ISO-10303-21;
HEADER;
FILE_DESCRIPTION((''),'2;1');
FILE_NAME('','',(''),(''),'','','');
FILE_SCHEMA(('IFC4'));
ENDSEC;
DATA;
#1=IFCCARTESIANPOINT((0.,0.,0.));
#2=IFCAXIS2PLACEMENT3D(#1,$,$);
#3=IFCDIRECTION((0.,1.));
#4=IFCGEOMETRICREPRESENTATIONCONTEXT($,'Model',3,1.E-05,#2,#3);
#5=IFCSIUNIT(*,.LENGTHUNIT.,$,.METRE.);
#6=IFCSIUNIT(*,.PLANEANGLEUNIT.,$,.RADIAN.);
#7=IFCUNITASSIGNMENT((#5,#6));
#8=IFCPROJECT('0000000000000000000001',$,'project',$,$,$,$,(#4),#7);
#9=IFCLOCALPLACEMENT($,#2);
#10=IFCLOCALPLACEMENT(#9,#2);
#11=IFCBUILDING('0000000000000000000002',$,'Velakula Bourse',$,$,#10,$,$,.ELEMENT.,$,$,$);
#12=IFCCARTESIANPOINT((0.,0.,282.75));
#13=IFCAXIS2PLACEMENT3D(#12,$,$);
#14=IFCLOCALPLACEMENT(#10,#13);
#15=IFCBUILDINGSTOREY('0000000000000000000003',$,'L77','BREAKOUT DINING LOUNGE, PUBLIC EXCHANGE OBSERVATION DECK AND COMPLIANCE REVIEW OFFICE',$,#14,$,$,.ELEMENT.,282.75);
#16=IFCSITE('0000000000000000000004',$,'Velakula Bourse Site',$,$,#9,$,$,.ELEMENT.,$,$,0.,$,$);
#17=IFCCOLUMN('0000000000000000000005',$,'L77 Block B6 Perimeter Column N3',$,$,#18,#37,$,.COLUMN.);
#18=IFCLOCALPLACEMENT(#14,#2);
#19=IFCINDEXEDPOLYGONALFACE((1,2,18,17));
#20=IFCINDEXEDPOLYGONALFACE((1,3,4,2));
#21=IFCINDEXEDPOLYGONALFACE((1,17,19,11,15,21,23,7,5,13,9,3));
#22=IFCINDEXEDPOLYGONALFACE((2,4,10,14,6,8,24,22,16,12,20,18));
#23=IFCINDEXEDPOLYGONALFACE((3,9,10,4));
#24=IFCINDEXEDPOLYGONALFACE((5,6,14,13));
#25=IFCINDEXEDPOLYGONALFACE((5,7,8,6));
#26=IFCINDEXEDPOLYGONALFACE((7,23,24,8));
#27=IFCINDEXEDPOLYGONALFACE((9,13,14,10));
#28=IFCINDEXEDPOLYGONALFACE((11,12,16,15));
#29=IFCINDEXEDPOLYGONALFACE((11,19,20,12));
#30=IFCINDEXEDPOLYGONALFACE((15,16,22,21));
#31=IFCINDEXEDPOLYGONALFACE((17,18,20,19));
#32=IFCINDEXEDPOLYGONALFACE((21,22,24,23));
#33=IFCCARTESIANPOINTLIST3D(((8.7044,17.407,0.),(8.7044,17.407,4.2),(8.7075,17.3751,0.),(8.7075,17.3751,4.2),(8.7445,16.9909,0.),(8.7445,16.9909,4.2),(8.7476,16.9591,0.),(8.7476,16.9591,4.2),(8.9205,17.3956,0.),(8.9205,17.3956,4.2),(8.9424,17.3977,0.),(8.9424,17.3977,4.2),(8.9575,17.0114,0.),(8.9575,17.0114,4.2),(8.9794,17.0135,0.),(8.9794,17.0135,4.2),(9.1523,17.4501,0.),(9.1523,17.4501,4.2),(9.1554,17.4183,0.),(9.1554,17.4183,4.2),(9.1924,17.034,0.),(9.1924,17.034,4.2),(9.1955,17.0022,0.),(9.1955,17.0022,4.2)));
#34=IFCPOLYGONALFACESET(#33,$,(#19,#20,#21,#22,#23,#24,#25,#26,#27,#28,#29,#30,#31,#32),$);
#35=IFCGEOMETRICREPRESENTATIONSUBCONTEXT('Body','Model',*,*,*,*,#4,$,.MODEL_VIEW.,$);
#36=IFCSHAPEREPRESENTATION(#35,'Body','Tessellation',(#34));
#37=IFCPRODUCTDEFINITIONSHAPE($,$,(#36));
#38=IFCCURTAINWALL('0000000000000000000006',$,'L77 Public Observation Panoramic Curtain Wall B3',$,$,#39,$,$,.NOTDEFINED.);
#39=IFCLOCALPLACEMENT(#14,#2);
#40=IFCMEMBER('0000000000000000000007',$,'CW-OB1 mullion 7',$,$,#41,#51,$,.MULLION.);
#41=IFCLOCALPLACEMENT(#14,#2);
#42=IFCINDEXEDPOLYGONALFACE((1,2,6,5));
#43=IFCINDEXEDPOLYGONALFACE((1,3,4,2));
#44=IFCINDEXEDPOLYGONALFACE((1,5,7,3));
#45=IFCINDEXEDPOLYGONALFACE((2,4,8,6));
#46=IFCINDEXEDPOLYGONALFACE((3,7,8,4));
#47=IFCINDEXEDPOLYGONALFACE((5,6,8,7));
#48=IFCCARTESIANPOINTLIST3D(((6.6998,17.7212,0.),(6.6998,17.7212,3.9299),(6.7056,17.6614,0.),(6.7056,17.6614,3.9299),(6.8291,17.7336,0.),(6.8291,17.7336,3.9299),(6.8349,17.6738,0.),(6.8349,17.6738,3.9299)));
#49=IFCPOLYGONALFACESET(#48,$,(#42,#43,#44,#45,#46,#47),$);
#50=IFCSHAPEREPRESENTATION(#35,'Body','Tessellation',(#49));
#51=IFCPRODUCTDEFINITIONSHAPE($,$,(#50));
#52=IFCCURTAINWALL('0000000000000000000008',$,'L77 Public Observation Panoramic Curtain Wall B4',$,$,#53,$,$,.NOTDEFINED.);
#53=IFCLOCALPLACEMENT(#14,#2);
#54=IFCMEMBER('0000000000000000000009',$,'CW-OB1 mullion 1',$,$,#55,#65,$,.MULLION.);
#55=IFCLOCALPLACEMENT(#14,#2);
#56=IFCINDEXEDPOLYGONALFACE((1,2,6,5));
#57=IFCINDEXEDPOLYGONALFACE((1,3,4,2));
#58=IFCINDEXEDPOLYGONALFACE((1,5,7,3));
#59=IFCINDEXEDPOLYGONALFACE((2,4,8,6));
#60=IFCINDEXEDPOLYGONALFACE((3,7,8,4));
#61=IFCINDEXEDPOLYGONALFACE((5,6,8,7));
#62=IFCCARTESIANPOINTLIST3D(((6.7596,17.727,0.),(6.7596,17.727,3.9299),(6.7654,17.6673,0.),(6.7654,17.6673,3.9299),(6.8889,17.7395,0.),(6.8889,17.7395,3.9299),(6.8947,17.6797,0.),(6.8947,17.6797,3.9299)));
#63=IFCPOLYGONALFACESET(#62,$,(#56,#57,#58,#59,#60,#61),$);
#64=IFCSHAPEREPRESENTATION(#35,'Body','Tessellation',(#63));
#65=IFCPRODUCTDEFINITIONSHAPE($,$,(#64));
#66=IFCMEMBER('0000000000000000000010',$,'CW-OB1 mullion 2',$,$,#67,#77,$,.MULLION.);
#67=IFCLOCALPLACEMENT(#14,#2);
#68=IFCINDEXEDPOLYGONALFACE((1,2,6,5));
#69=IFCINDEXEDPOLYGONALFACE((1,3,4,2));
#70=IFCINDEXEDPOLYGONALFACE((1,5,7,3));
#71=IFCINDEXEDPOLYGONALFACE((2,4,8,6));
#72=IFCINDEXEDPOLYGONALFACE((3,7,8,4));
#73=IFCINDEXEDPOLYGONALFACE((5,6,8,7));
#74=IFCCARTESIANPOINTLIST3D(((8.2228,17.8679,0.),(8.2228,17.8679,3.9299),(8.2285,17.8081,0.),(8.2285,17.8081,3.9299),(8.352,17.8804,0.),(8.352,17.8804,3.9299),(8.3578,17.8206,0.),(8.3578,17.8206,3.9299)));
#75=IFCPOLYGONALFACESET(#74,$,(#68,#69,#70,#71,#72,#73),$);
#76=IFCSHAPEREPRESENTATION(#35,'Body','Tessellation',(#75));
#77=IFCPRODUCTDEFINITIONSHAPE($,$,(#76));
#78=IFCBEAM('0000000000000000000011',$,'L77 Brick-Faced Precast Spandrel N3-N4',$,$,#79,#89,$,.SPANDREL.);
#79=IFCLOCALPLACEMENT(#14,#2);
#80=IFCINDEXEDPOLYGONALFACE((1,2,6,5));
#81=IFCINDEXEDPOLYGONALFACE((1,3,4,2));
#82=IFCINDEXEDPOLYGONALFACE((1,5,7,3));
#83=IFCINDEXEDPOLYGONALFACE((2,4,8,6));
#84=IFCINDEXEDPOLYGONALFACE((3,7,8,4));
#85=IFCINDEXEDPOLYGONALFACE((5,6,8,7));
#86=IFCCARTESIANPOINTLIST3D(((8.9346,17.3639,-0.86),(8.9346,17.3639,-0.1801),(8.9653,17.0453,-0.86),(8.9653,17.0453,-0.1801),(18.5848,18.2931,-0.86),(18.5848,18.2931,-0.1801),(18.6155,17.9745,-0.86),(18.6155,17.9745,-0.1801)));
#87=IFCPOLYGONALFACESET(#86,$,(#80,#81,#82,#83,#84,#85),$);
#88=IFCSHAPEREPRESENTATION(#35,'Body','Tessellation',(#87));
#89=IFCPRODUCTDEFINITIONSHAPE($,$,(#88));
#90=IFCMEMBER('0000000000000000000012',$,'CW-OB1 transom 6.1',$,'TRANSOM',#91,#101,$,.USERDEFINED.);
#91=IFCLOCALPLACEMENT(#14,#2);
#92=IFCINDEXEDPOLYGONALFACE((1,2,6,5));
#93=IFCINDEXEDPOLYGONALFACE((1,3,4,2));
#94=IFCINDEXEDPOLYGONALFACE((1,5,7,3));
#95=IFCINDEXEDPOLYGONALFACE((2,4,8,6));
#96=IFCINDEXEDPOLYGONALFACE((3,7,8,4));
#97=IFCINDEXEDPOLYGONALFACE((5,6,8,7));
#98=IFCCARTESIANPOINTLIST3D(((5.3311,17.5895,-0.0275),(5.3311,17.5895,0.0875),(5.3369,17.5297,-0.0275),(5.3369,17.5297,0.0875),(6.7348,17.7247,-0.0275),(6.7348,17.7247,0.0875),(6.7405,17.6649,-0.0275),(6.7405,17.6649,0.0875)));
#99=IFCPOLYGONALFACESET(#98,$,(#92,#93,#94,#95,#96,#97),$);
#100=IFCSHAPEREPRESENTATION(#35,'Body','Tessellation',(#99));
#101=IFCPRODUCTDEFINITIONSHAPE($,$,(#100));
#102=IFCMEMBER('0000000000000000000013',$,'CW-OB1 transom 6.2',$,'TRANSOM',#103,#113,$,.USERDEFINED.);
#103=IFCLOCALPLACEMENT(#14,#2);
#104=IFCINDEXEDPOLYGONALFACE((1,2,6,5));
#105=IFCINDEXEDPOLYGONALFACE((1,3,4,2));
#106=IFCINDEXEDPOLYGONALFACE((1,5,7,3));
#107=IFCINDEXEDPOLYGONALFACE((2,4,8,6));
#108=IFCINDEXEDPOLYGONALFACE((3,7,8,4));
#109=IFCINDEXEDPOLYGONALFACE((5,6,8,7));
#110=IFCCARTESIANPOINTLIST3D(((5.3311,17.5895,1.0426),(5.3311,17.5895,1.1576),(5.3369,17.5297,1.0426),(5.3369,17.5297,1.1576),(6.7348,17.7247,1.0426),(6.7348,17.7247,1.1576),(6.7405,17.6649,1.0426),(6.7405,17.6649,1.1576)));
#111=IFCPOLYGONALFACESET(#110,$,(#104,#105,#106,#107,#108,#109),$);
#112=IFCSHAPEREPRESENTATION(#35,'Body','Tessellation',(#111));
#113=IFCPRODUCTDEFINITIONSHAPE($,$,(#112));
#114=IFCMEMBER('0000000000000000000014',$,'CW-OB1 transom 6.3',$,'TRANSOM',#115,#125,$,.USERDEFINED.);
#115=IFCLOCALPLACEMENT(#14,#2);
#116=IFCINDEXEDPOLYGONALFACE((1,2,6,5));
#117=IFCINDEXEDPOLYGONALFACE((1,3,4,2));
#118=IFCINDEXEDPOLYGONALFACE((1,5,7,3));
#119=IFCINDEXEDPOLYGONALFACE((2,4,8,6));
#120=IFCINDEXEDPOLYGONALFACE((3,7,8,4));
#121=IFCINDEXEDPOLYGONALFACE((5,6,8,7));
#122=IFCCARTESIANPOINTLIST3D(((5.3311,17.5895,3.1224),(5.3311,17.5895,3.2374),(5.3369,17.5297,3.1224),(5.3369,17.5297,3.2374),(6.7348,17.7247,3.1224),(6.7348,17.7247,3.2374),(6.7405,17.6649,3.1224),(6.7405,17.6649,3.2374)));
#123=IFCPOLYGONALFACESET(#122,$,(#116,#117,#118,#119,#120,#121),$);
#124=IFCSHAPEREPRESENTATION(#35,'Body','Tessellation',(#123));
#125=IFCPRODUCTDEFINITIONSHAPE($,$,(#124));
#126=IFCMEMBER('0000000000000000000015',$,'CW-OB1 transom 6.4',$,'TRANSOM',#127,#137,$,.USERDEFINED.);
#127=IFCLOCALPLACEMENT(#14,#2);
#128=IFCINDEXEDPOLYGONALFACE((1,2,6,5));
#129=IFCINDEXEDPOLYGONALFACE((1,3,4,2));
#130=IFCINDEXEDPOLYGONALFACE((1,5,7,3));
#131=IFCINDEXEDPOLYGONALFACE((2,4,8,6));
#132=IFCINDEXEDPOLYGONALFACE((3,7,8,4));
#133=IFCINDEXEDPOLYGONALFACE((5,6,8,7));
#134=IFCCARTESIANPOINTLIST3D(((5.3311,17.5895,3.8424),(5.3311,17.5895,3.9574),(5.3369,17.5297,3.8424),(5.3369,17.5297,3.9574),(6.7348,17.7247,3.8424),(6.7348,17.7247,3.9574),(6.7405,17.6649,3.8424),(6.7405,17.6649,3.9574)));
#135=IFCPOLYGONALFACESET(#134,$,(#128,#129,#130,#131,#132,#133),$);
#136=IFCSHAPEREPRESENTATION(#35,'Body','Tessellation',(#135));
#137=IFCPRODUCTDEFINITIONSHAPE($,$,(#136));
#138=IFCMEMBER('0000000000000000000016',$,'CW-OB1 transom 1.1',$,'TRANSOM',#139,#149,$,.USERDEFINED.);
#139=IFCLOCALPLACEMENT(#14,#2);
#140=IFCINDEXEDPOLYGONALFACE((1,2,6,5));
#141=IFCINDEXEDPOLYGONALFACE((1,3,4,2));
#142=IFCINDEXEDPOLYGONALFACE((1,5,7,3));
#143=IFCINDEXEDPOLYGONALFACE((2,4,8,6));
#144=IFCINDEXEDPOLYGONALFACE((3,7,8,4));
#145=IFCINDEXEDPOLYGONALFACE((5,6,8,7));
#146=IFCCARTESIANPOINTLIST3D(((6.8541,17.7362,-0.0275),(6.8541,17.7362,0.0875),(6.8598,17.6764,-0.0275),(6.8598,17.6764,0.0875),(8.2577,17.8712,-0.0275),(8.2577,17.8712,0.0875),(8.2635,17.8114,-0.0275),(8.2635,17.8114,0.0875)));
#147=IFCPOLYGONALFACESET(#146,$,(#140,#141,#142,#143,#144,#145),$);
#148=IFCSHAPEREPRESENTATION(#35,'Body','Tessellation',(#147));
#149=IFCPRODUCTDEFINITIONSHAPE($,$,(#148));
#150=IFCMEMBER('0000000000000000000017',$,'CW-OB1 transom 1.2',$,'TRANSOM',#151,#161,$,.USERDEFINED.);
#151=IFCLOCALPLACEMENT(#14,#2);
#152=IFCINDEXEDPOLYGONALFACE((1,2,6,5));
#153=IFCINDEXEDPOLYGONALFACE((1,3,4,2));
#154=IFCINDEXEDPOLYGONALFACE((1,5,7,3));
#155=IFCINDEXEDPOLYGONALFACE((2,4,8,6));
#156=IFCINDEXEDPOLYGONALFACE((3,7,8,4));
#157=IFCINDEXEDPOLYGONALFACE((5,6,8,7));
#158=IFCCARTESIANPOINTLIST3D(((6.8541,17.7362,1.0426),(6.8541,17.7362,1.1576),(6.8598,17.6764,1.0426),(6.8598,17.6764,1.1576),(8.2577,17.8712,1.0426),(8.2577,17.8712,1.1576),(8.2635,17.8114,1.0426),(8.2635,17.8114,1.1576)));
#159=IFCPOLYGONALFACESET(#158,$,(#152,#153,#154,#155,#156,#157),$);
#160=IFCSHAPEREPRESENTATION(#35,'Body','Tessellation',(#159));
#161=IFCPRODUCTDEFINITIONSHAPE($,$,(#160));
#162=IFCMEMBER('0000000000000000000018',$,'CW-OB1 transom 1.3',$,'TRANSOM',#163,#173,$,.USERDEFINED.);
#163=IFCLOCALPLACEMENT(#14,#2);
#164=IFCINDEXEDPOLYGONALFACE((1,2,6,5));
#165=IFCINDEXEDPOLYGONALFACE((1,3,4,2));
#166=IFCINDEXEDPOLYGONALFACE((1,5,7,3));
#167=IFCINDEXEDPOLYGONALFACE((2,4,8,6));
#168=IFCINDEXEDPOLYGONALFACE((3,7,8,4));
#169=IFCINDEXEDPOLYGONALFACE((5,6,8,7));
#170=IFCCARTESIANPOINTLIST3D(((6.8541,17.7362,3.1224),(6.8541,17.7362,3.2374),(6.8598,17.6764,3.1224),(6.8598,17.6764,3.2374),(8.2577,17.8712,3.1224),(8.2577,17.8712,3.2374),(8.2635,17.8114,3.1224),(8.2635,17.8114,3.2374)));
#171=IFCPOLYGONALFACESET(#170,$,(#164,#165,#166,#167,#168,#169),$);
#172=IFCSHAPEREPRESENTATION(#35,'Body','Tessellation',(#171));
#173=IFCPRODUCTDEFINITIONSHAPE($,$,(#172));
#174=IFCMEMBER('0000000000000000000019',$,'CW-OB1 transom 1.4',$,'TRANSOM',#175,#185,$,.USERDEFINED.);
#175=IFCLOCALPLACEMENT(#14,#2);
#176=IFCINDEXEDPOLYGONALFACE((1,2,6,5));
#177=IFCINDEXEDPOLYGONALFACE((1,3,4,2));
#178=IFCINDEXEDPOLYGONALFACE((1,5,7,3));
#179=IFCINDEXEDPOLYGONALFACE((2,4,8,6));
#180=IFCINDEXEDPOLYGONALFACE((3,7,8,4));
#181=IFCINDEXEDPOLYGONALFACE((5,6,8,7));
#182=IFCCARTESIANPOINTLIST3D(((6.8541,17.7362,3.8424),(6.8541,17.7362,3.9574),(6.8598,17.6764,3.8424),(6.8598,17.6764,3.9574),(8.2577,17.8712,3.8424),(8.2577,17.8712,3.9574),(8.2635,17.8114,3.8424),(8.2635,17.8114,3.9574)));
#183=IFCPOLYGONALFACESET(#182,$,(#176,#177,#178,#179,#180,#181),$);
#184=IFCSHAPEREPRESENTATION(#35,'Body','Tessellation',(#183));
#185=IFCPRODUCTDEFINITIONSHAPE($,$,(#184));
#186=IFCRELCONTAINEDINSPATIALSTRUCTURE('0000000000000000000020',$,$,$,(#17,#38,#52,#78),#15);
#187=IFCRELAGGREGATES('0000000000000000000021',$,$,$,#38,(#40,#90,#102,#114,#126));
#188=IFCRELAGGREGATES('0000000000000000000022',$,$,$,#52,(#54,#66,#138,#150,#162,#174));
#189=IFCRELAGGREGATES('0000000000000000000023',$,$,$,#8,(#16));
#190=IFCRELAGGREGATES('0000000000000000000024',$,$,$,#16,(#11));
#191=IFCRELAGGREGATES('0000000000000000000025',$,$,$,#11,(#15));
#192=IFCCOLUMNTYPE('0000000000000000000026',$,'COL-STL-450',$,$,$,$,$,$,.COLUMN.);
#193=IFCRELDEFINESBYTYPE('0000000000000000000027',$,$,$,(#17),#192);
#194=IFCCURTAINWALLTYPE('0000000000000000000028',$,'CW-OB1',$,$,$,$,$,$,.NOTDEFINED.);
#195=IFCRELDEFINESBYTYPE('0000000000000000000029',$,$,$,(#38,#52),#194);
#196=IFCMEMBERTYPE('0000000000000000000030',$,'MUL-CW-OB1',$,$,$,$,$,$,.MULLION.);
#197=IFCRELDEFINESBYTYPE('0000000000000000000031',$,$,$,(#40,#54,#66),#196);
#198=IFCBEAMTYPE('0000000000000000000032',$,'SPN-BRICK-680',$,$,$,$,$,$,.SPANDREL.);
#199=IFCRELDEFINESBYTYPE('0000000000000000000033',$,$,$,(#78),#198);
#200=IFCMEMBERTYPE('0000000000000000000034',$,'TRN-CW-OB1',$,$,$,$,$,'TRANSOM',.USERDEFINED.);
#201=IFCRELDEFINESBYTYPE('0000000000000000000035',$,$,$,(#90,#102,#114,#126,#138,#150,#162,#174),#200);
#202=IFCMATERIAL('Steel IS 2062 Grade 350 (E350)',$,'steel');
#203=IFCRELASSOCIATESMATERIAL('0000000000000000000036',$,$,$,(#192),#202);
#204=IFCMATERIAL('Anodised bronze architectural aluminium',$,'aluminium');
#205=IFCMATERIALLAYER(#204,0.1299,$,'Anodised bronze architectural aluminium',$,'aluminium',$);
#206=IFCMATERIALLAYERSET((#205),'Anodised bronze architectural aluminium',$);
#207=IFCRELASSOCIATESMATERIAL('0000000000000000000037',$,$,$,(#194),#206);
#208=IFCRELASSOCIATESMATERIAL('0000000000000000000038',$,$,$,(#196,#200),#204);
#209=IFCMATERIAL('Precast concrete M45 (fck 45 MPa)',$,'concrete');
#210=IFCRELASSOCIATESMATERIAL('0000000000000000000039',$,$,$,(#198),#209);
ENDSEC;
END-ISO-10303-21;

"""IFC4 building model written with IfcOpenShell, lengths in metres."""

from ifc_helpers import new_model, si_unit, direction, frame, origin, origin_2d, place, context, subcontext, project, spatial, rectangle, i_section, extrude, material, layer, layer_set, material_profile, profile_set, type_object, element, aggregate, save


model = new_model("IFC4")

# Units and contexts
model_context = context("Model", 3, precision=1e-05, world=origin(), true_north=direction((0.0, 1.0)))
body_context = subcontext(model_context, "Body", "Model", "MODEL_VIEW")
ifc_project = project(units=[si_unit("LENGTHUNIT", "METRE"), si_unit("PLANEANGLEUNIT", "RADIAN")], contexts=[model_context])

# Site, building, storey
site_placement = place(None, origin())
site = spatial("IfcSite", under=ifc_project, at=site_placement, Name="Velakula Bourse Site", CompositionType="ELEMENT", RefElevation=0.0)
building_placement = place(site_placement, origin())
building = spatial("IfcBuilding", under=site, at=building_placement, Name="Velakula Bourse", CompositionType="ELEMENT")
storey_placement = place(building_placement, frame((0.0, 0.0, 282.75)))
storey = spatial("IfcBuildingStorey", under=building, at=storey_placement, Name="L77", Description="BREAKOUT DINING LOUNGE, PUBLIC EXCHANGE OBSERVATION DECK AND COMPLIANCE REVIEW OFFICE", CompositionType="ELEMENT", Elevation=282.75)

# Column
ifc_material_1 = material(Name="Steel IS 2062 Grade 350 (E350)", Category="steel")
ifc_material_profile_1 = material_profile(ifc_material_1, i_section(OverallWidth=0.45, OverallDepth=0.45, WebThickness=0.022, FlangeThickness=0.032, at=origin_2d()), Name="Steel IS 2062 Grade 350 (E350)")
ifc_profile_set_1 = profile_set([ifc_material_profile_1], Name="Steel IS 2062 Grade 350 (E350)")
column_type = type_object("IfcColumnType", Name="COL-STL-450", PredefinedType="COLUMN", material=ifc_profile_set_1)
column_placement = place(storey_placement, frame((8.95, 17.2046, 0.0), z_axis=(0.0, 0.0, 1.0), x_axis=(0.995396, 0.095846, 0.0)))
element("IfcColumn", 1, at=column_placement, inside=storey, type_object=column_type, Name="L77 Block B6 Perimeter Column N3", PredefinedType="COLUMN", context=body_context, shape_type="SweptSolid", body=[
    extrude(i_section(OverallWidth=0.45, OverallDepth=0.45, WebThickness=0.022, FlangeThickness=0.032, at=origin_2d()), origin(), (0.0, 0.0, 1.0), 4.2),
])

# Curtain wall, member
ifc_material_2 = material(Name="Anodised bronze architectural aluminium", Category="aluminium")
ifc_layer_1 = layer(ifc_material_2, 0.1299, Name="Anodised bronze architectural aluminium", Category="aluminium")
ifc_layer_set_1 = layer_set([ifc_layer_1], Name="Anodised bronze architectural aluminium")
curtain_wall_type = type_object("IfcCurtainWallType", Name="CW-OB1", PredefinedType="NOTDEFINED", material=ifc_layer_set_1)
curtain_wall_1_placement = place(storey_placement, origin())
curtain_wall_1 = element("IfcCurtainWall", 2, at=curtain_wall_1_placement, inside=storey, type_object=curtain_wall_type, Name="L77 Public Observation Panoramic Curtain Wall B3", PredefinedType="NOTDEFINED")
ifc_material_profile_2 = material_profile(ifc_material_2, rectangle(XDim=0.0601, YDim=0.1299, at=origin_2d()), Name="Anodised bronze architectural aluminium")
ifc_profile_set_2 = profile_set([ifc_material_profile_2], Name="Anodised bronze architectural aluminium")
member_type_1 = type_object("IfcMemberType", Name="MUL-CW-OB1", PredefinedType="MULLION", material=ifc_profile_set_2)
member_1_placement = place(storey_placement, frame((6.7673, 17.6975, 0.0), z_axis=(0.0, 0.0, 1.0), x_axis=(-0.095844, 0.995396, 0.0)))
member_1 = element("IfcMember", 3, at=member_1_placement, type_object=member_type_1, Name="CW-OB1 mullion 7", PredefinedType="MULLION", context=body_context, shape_type="SweptSolid", body=[
    extrude(rectangle(XDim=0.0601, YDim=0.1299, at=origin_2d()), origin(), (0.0, 0.0, 1.0), 3.9299),
])

# Curtain wall, members
curtain_wall_2_placement = place(storey_placement, origin())
curtain_wall_2 = element("IfcCurtainWall", 4, at=curtain_wall_2_placement, inside=storey, type_object=curtain_wall_type, Name="L77 Public Observation Panoramic Curtain Wall B4", PredefinedType="NOTDEFINED")
member_2_placement = place(storey_placement, frame((6.8271, 17.7034, 0.0), z_axis=(0.0, 0.0, 1.0), x_axis=(-0.095844, 0.995396, 0.0)))
member_2 = element("IfcMember", 5, at=member_2_placement, type_object=member_type_1, Name="CW-OB1 mullion 1", PredefinedType="MULLION", context=body_context, shape_type="SweptSolid", body=[
    extrude(rectangle(XDim=0.0601, YDim=0.1299, at=origin_2d()), origin(), (0.0, 0.0, 1.0), 3.9299),
])
member_3_placement = place(storey_placement, frame((8.2903, 17.8442, 0.0), z_axis=(0.0, 0.0, 1.0), x_axis=(-0.095844, 0.995396, 0.0)))
member_3 = element("IfcMember", 6, at=member_3_placement, type_object=member_type_1, Name="CW-OB1 mullion 2", PredefinedType="MULLION", context=body_context, shape_type="SweptSolid", body=[
    extrude(rectangle(XDim=0.0601, YDim=0.1299, at=origin_2d()), origin(), (0.0, 0.0, 1.0), 3.9299),
])

# Beam
ifc_material_3 = material(Name="Precast concrete M45 (fck 45 MPa)", Category="concrete")
ifc_material_profile_3 = material_profile(ifc_material_3, rectangle(XDim=0.3201, YDim=0.6799, at=origin_2d()), Name="Precast concrete M45 (fck 45 MPa)")
ifc_profile_set_3 = profile_set([ifc_material_profile_3], Name="Precast concrete M45 (fck 45 MPa)")
beam_type = type_object("IfcBeamType", Name="SPN-BRICK-680", PredefinedType="SPANDREL", material=ifc_profile_set_3)
beam_placement = place(storey_placement, frame((8.95, 17.2046, -0.52), z_axis=(0.995396, 0.095845, 0.0), x_axis=(-0.095845, 0.995396, 0.0)))
element("IfcBeam", 7, at=beam_placement, inside=storey, type_object=beam_type, Name="L77 Brick-Faced Precast Spandrel N3-N4", PredefinedType="SPANDREL", context=body_context, shape_type="SweptSolid", body=[
    extrude(rectangle(XDim=0.3201, YDim=0.6799, at=origin_2d()), origin(), (0.0, 0.0, 1.0), 9.6948),
])

# Members
ifc_material_profile_4 = material_profile(ifc_material_2, rectangle(XDim=0.0601, YDim=0.115, at=origin_2d()), Name="Anodised bronze architectural aluminium")
ifc_profile_set_4 = profile_set([ifc_material_profile_4], Name="Anodised bronze architectural aluminium")
member_type_2 = type_object("IfcMemberType", Name="TRN-CW-OB1", ElementType="TRANSOM", PredefinedType="USERDEFINED", material=ifc_profile_set_4)
member_4_placement = place(storey_placement, frame((5.334, 17.5596, 0.03), z_axis=(0.995389, 0.09592, 0.0), x_axis=(-0.09592, 0.995389, 0.0)))
member_4 = element("IfcMember", 8, at=member_4_placement, type_object=member_type_2, Name="CW-OB1 transom 6.1", ObjectType="TRANSOM", PredefinedType="USERDEFINED", context=body_context, shape_type="SweptSolid", body=[
    extrude(rectangle(XDim=0.0601, YDim=0.115, at=origin_2d()), origin(), (0.0, 0.0, 1.0), 1.4102),
])
member_5_placement = place(storey_placement, frame((5.334, 17.5596, 1.1001), z_axis=(0.995389, 0.09592, 0.0), x_axis=(-0.09592, 0.995389, 0.0)))
member_5 = element("IfcMember", 9, at=member_5_placement, type_object=member_type_2, Name="CW-OB1 transom 6.2", ObjectType="TRANSOM", PredefinedType="USERDEFINED", context=body_context, shape_type="SweptSolid", body=[
    extrude(rectangle(XDim=0.0601, YDim=0.115, at=origin_2d()), origin(), (0.0, 0.0, 1.0), 1.4102),
])
member_6_placement = place(storey_placement, frame((5.334, 17.5596, 3.1799), z_axis=(0.995389, 0.09592, 0.0), x_axis=(-0.09592, 0.995389, 0.0)))
member_6 = element("IfcMember", 10, at=member_6_placement, type_object=member_type_2, Name="CW-OB1 transom 6.3", ObjectType="TRANSOM", PredefinedType="USERDEFINED", context=body_context, shape_type="SweptSolid", body=[
    extrude(rectangle(XDim=0.0601, YDim=0.115, at=origin_2d()), origin(), (0.0, 0.0, 1.0), 1.4102),
])
member_7_placement = place(storey_placement, frame((5.334, 17.5596, 3.8999), z_axis=(0.995389, 0.09592, 0.0), x_axis=(-0.09592, 0.995389, 0.0)))
member_7 = element("IfcMember", 11, at=member_7_placement, type_object=member_type_2, Name="CW-OB1 transom 6.4", ObjectType="TRANSOM", PredefinedType="USERDEFINED", context=body_context, shape_type="SweptSolid", body=[
    extrude(rectangle(XDim=0.0601, YDim=0.115, at=origin_2d()), origin(), (0.0, 0.0, 1.0), 1.4102),
])
member_8_placement = place(storey_placement, frame((6.8569, 17.7063, 0.03), z_axis=(0.995406, 0.095749, 0.0), x_axis=(-0.095749, 0.995406, 0.0)))
member_8 = element("IfcMember", 12, at=member_8_placement, type_object=member_type_2, Name="CW-OB1 transom 1.1", ObjectType="TRANSOM", PredefinedType="USERDEFINED", context=body_context, shape_type="SweptSolid", body=[
    extrude(rectangle(XDim=0.0601, YDim=0.115, at=origin_2d()), origin(), (0.0, 0.0, 1.0), 1.4102),
])
member_9_placement = place(storey_placement, frame((6.8569, 17.7063, 1.1001), z_axis=(0.995406, 0.095749, 0.0), x_axis=(-0.095749, 0.995406, 0.0)))
member_9 = element("IfcMember", 13, at=member_9_placement, type_object=member_type_2, Name="CW-OB1 transom 1.2", ObjectType="TRANSOM", PredefinedType="USERDEFINED", context=body_context, shape_type="SweptSolid", body=[
    extrude(rectangle(XDim=0.0601, YDim=0.115, at=origin_2d()), origin(), (0.0, 0.0, 1.0), 1.4102),
])
member_10_placement = place(storey_placement, frame((6.8569, 17.7063, 3.1799), z_axis=(0.995406, 0.095749, 0.0), x_axis=(-0.095749, 0.995406, 0.0)))
member_10 = element("IfcMember", 14, at=member_10_placement, type_object=member_type_2, Name="CW-OB1 transom 1.3", ObjectType="TRANSOM", PredefinedType="USERDEFINED", context=body_context, shape_type="SweptSolid", body=[
    extrude(rectangle(XDim=0.0601, YDim=0.115, at=origin_2d()), origin(), (0.0, 0.0, 1.0), 1.4102),
])
member_11_placement = place(storey_placement, frame((6.8569, 17.7063, 3.8999), z_axis=(0.995406, 0.095749, 0.0), x_axis=(-0.095749, 0.995406, 0.0)))
member_11 = element("IfcMember", 15, at=member_11_placement, type_object=member_type_2, Name="CW-OB1 transom 1.4", ObjectType="TRANSOM", PredefinedType="USERDEFINED", context=body_context, shape_type="SweptSolid", body=[
    extrude(rectangle(XDim=0.0601, YDim=0.115, at=origin_2d()), origin(), (0.0, 0.0, 1.0), 1.4102),
])

aggregate(curtain_wall_1, [member_1, member_4, member_5, member_6, member_7])
aggregate(curtain_wall_2, [member_2, member_3, member_8, member_9, member_10, member_11])

save(model, "model.ifc")
